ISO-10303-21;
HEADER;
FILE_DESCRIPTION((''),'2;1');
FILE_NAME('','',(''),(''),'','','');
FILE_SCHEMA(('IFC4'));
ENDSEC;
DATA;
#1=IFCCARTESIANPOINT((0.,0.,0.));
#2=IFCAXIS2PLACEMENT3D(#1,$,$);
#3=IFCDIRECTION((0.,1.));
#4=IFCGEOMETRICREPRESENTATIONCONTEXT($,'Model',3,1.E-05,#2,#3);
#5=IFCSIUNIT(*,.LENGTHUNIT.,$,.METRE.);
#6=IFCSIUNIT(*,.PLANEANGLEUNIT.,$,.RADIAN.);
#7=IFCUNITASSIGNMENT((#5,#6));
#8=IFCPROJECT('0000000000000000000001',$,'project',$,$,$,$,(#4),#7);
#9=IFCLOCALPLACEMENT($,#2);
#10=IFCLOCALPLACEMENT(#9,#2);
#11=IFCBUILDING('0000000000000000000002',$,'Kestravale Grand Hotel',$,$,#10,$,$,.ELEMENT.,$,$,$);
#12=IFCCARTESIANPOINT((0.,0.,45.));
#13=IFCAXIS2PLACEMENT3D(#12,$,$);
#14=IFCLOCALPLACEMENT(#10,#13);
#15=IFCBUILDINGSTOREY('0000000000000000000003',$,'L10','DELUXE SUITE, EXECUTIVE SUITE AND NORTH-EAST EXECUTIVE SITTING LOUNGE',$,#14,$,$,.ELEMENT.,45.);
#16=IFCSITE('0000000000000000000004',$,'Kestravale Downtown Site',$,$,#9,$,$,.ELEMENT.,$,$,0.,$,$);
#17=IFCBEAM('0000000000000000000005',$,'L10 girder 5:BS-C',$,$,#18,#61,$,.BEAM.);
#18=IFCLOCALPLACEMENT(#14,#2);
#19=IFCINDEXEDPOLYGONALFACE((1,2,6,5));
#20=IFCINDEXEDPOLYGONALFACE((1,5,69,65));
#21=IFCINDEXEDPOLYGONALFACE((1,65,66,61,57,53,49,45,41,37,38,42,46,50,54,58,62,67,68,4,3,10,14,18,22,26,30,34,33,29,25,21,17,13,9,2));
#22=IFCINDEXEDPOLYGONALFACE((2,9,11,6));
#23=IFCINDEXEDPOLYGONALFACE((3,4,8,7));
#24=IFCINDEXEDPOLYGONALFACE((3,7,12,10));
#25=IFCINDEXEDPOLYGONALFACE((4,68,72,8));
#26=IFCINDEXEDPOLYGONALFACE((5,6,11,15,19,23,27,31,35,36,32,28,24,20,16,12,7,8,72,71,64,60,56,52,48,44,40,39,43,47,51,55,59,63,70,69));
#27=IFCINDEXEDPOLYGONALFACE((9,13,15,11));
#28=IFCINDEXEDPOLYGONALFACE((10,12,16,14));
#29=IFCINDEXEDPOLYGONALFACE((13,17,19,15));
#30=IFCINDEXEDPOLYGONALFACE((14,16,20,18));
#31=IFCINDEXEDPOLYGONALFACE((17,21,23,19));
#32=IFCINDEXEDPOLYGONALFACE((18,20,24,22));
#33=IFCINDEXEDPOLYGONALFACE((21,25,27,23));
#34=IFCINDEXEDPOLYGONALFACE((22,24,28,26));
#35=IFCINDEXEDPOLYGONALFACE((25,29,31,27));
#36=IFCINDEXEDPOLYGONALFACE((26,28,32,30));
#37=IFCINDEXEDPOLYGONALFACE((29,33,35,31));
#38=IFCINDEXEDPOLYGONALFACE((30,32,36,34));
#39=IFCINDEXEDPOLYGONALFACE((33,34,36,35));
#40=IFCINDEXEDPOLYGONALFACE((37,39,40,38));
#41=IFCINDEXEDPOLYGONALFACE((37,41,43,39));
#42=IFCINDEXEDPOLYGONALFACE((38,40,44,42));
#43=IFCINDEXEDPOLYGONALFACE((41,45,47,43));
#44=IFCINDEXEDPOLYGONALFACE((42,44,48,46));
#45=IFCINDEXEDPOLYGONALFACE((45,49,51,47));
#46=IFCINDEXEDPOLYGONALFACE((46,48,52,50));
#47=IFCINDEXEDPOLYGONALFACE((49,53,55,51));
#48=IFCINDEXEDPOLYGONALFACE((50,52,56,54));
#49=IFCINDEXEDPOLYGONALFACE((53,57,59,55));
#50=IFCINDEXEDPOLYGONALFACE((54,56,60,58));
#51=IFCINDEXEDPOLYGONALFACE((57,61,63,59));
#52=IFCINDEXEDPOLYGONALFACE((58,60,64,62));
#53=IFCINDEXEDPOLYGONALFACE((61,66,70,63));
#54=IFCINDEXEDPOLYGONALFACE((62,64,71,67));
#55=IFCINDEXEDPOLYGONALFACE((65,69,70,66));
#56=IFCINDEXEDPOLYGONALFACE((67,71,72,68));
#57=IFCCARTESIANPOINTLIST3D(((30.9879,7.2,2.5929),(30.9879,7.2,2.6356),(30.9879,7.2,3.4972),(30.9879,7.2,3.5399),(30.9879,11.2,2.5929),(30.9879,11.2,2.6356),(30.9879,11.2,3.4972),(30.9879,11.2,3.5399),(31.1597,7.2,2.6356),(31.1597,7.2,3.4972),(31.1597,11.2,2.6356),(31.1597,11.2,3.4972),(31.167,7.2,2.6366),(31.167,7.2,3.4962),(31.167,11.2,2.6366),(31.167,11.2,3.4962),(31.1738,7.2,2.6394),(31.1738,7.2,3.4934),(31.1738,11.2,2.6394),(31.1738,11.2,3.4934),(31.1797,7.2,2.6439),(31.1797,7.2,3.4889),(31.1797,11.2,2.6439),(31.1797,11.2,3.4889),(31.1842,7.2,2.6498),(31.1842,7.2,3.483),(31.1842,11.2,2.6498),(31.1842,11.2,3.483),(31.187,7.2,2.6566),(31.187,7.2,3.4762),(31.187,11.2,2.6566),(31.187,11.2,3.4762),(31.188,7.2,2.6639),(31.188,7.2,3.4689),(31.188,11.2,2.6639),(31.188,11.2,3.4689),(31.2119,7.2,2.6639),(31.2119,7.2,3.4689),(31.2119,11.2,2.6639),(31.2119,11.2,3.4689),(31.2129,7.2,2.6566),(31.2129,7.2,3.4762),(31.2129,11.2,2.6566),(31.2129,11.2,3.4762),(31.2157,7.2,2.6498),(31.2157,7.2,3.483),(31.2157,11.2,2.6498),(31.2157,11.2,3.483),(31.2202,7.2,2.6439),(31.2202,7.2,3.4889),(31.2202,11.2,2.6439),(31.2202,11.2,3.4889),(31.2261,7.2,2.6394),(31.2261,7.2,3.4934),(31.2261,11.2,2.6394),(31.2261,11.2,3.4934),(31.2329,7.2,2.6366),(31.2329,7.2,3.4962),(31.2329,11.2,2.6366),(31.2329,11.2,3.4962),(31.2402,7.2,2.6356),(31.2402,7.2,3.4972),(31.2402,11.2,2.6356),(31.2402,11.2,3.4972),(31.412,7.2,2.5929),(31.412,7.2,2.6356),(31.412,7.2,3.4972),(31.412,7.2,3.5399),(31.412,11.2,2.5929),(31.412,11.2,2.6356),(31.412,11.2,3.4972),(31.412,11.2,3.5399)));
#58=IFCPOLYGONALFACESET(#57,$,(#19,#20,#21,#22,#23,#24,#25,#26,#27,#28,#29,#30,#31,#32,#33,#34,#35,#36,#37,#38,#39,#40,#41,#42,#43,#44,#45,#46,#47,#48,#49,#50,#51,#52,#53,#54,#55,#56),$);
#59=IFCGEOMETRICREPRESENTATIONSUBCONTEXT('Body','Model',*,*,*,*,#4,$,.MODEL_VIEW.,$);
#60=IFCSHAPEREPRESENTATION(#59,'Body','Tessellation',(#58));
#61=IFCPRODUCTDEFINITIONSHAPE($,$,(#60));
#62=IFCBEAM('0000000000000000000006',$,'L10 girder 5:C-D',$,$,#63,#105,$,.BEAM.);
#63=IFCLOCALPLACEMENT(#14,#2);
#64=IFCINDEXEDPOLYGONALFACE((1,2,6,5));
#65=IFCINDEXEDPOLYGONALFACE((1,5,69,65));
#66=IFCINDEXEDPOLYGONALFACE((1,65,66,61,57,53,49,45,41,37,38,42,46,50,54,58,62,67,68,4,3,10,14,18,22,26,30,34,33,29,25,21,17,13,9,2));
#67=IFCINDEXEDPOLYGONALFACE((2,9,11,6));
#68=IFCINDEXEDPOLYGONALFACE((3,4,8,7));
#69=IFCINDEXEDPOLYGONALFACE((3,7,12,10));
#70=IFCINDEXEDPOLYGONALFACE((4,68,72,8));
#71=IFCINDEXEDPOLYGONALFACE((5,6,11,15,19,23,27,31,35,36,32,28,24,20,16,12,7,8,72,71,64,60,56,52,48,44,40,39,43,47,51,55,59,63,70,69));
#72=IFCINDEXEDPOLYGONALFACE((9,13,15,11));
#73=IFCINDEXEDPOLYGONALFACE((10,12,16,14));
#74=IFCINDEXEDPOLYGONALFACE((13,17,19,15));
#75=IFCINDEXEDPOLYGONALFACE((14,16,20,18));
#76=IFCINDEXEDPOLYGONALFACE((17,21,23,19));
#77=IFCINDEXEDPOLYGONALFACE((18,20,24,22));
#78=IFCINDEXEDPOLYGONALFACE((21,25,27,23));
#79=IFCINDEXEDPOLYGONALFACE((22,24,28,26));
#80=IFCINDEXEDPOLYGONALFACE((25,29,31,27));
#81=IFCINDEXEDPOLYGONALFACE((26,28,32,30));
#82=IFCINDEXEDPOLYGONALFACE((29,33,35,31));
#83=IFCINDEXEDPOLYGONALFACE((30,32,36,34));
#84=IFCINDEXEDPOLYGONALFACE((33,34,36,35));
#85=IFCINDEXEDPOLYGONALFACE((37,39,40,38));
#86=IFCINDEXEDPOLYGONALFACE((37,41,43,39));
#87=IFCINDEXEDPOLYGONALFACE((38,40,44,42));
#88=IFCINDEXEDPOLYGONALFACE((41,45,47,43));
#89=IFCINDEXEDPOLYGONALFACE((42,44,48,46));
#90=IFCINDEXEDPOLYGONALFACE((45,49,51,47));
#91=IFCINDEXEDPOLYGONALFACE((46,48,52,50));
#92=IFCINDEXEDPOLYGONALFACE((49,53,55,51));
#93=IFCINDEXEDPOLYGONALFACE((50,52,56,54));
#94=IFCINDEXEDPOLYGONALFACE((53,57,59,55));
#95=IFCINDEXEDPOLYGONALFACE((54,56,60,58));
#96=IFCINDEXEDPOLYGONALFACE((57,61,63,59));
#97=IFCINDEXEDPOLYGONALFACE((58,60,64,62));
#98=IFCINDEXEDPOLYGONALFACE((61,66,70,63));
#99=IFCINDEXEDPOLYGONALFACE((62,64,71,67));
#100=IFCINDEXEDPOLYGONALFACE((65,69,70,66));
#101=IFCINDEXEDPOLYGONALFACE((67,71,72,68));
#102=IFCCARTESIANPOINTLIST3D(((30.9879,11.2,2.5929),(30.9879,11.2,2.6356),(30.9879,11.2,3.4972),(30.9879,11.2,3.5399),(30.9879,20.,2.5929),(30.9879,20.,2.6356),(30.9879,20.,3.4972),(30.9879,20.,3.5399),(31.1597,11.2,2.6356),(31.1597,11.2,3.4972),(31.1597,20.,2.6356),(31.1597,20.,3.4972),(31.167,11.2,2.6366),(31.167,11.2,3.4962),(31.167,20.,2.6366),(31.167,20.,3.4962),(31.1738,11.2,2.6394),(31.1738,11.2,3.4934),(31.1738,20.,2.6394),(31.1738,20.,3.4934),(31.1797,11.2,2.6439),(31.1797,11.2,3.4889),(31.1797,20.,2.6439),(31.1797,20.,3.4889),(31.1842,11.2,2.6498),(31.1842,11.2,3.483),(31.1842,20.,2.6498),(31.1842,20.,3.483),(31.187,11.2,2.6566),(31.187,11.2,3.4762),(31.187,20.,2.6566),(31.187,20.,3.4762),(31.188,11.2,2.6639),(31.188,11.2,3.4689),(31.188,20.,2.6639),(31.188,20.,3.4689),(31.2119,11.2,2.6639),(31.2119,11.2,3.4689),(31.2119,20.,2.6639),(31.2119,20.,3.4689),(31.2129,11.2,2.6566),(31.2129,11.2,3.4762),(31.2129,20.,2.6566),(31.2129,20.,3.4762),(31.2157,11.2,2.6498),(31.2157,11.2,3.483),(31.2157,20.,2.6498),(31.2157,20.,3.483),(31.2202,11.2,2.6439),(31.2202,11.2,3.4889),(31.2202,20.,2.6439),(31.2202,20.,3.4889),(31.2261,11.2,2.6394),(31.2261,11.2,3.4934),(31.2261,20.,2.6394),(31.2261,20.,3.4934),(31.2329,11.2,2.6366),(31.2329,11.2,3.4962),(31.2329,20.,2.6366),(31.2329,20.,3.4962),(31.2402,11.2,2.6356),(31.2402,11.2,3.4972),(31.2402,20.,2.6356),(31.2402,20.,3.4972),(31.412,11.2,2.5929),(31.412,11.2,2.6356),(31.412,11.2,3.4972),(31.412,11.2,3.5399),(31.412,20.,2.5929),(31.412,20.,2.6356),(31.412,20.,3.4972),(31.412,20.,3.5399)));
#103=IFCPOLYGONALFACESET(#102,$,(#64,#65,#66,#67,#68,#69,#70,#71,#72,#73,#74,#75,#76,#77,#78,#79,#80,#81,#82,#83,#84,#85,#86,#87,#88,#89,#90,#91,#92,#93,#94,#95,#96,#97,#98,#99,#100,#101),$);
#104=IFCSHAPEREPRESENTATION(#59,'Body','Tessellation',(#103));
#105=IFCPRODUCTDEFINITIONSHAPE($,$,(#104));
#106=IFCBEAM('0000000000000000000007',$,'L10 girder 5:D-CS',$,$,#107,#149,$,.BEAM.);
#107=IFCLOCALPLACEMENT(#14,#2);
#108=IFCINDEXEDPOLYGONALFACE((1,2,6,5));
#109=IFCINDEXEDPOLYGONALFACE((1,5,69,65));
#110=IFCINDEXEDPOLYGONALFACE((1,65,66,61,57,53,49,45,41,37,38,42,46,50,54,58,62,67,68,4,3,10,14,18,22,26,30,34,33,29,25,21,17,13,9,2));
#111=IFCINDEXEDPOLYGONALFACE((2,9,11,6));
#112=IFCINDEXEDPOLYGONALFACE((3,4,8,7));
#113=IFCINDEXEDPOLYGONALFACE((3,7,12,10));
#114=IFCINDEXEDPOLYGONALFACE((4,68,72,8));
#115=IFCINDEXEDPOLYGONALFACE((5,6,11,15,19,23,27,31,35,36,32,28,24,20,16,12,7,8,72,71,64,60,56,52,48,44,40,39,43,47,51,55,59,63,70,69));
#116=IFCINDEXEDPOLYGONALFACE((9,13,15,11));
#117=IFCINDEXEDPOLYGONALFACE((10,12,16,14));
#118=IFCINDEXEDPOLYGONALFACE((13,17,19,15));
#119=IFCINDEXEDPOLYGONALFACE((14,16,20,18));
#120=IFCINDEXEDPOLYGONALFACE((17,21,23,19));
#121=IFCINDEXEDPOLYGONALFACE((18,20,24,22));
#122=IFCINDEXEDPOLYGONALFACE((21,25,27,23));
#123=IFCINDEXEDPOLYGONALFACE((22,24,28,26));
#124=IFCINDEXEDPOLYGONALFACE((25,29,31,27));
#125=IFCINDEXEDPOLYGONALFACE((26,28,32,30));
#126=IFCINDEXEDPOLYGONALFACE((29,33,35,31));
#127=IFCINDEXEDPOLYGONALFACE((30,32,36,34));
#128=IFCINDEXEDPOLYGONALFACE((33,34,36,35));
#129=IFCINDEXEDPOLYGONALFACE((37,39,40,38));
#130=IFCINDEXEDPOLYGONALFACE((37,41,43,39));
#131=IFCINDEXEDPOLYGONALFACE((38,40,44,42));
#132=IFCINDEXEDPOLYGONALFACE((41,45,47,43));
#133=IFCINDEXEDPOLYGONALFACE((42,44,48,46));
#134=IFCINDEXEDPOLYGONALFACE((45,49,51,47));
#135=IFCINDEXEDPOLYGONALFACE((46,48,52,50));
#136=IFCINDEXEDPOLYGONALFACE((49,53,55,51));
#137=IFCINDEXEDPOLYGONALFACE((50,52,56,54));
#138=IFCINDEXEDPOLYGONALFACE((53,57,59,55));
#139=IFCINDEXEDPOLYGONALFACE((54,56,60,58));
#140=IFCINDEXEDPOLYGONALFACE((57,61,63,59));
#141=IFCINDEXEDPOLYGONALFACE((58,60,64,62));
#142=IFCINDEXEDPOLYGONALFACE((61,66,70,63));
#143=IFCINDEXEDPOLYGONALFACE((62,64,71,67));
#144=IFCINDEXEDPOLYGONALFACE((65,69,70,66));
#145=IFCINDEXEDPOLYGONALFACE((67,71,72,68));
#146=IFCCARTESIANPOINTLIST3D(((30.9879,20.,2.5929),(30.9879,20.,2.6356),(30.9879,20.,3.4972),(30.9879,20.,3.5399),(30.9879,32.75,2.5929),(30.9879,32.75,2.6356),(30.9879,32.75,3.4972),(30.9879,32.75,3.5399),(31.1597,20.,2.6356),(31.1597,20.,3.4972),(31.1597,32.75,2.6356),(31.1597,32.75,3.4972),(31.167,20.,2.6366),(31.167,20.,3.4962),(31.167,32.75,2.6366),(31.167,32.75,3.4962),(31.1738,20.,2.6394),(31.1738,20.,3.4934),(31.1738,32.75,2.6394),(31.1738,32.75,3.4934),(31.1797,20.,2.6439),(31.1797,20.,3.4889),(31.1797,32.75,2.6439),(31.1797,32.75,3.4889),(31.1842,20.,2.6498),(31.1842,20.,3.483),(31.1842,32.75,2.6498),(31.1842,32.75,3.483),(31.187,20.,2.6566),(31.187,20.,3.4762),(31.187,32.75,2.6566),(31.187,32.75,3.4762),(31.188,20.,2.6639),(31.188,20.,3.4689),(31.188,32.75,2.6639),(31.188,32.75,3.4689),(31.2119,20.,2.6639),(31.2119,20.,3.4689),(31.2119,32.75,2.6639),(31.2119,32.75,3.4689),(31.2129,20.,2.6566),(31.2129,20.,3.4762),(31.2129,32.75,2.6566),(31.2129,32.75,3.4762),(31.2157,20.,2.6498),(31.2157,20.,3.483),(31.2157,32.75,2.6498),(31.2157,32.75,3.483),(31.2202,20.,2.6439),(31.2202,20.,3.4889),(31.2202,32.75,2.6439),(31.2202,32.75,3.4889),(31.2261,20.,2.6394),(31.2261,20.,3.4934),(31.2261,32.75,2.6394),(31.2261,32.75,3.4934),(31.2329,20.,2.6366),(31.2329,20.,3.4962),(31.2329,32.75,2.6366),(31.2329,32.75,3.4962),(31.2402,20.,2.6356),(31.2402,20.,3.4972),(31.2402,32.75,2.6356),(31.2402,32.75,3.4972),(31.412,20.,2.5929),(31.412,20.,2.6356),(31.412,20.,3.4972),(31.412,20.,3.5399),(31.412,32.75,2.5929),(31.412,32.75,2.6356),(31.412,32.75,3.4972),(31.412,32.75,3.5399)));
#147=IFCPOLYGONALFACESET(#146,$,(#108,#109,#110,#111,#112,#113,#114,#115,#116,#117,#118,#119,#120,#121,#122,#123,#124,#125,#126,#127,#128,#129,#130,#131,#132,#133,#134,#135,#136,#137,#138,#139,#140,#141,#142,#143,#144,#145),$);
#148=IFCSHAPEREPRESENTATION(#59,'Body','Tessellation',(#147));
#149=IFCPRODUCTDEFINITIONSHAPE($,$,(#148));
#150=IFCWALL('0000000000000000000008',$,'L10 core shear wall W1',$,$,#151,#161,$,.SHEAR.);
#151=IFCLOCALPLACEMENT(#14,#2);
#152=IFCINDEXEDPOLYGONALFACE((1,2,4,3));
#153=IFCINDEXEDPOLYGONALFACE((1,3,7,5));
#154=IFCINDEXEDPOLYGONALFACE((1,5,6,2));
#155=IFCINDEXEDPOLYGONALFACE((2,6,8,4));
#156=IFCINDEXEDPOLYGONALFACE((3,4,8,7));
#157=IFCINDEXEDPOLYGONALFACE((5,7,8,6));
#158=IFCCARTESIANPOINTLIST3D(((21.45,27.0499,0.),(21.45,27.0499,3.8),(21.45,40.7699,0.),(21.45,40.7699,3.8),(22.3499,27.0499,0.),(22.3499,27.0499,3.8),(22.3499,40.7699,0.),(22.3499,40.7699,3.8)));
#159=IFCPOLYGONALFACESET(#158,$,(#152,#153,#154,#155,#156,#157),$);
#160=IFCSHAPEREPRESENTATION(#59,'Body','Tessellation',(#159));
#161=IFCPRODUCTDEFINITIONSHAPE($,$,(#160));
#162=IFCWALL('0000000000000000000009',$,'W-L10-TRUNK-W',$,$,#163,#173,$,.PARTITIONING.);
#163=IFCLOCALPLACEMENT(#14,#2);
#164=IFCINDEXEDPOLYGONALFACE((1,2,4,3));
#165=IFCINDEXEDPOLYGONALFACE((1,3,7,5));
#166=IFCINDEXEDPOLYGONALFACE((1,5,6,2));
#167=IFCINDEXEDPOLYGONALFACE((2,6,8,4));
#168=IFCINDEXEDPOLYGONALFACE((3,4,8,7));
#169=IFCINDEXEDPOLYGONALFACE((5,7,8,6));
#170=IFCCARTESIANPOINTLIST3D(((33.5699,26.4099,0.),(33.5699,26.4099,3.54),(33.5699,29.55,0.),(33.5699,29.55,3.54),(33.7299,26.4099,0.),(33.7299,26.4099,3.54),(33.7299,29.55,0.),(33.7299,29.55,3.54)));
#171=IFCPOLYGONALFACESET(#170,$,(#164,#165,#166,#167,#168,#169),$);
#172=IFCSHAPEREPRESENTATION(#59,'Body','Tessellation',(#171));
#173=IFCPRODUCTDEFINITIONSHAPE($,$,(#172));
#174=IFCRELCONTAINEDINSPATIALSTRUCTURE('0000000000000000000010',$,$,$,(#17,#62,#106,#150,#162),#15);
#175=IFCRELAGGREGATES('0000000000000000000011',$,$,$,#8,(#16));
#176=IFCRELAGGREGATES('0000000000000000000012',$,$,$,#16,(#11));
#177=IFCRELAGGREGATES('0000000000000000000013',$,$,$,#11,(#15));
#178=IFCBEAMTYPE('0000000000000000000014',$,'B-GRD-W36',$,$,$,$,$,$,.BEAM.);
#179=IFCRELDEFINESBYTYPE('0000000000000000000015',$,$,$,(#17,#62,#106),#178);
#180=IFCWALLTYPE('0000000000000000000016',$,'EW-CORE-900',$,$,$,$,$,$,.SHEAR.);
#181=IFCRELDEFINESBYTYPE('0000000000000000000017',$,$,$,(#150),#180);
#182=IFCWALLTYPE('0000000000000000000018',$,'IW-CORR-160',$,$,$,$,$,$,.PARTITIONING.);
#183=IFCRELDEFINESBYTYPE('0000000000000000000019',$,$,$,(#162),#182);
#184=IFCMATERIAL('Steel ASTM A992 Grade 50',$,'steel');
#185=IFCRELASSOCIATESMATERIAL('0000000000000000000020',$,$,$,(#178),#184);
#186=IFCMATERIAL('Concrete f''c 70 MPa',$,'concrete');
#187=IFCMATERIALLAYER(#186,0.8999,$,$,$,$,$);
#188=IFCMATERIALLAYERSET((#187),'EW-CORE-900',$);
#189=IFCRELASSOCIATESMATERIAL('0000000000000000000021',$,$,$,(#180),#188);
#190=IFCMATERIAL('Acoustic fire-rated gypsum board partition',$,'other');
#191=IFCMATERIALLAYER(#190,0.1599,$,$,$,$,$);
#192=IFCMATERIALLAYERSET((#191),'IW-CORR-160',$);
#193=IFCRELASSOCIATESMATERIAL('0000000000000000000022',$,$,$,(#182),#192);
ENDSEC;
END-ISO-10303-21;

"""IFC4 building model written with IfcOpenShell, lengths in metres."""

from ifc_helpers import new_model, si_unit, direction, frame, frame_2d, origin, origin_2d, place, context, subcontext, project, spatial, rectangle, i_section, extrude, material, layer, layer_set, material_profile, profile_set, type_object, element, save


model = new_model("IFC4")

# Units and contexts
model_context = context("Model", 3, precision=1e-05, world=origin(), true_north=direction((0.0, 1.0)))
body_context = subcontext(model_context, "Body", "Model", "MODEL_VIEW")
ifc_project = project(units=[si_unit("LENGTHUNIT", "METRE"), si_unit("PLANEANGLEUNIT", "RADIAN")], contexts=[model_context])

# Site, building, storey
site_placement = place(None, origin())
site = spatial("IfcSite", under=ifc_project, at=site_placement, Name="Kestravale Downtown Site", CompositionType="ELEMENT", RefElevation=0.0)
building_placement = place(site_placement, origin())
building = spatial("IfcBuilding", under=site, at=building_placement, Name="Kestravale Grand Hotel", CompositionType="ELEMENT")
storey_placement = place(building_placement, frame((0.0, 0.0, 45.0)))
storey = spatial("IfcBuildingStorey", under=building, at=storey_placement, Name="L10", Description="DELUXE SUITE, EXECUTIVE SUITE AND NORTH-EAST EXECUTIVE SITTING LOUNGE", CompositionType="ELEMENT", Elevation=45.0)

# Beams
ifc_material_1 = material(Name="Steel ASTM A992 Grade 50", Category="steel")
ifc_material_profile_1 = material_profile(ifc_material_1, i_section(OverallWidth=0.4241, OverallDepth=0.947, WebThickness=0.0239, FlangeThickness=0.0427, FilletRadius=0.0283, at=origin_2d()))
ifc_profile_set_1 = profile_set([ifc_material_profile_1], Name="Steel ASTM A992 Grade 50")
beam_type_1 = type_object("IfcBeamType", Name="B-GRD-W36", PredefinedType="BEAM", material=ifc_profile_set_1)
beam_1_placement = place(storey_placement, frame((31.2, 7.2, 3.0664), z_axis=(0.0, 1.0, 0.0), x_axis=(-1.0, 0.0, 0.0)))
element("IfcBeam", 1, at=beam_1_placement, inside=storey, type_object=beam_type_1, Name="L10 girder 5:BS-C", PredefinedType="BEAM", context=body_context, shape_type="SweptSolid", body=[
    extrude(i_section(OverallWidth=0.4241, OverallDepth=0.947, WebThickness=0.0239, FlangeThickness=0.0427, FilletRadius=0.0283, at=origin_2d()), origin(), (0.0, 0.0, 1.0), 4.0),
])
beam_2_placement = place(storey_placement, frame((31.2, 11.2, 3.0664), z_axis=(0.0, 1.0, 0.0), x_axis=(-1.0, 0.0, 0.0)))
element("IfcBeam", 2, at=beam_2_placement, inside=storey, type_object=beam_type_1, Name="L10 girder 5:C-D", PredefinedType="BEAM", context=body_context, shape_type="SweptSolid", body=[
    extrude(i_section(OverallWidth=0.4241, OverallDepth=0.947, WebThickness=0.0239, FlangeThickness=0.0427, FilletRadius=0.0283, at=origin_2d()), origin(), (0.0, 0.0, 1.0), 8.8),
])
beam_3_placement = place(storey_placement, frame((31.2, 20.0, 3.0664), z_axis=(0.0, 1.0, 0.0), x_axis=(-1.0, 0.0, 0.0)))
element("IfcBeam", 3, at=beam_3_placement, inside=storey, type_object=beam_type_1, Name="L10 girder 5:D-CS", PredefinedType="BEAM", context=body_context, shape_type="SweptSolid", body=[
    extrude(i_section(OverallWidth=0.4241, OverallDepth=0.947, WebThickness=0.0239, FlangeThickness=0.0427, FilletRadius=0.0283, at=origin_2d()), origin(), (0.0, 0.0, 1.0), 12.75),
])

# Walls
ifc_material_2 = material(Name="Concrete f'c 70 MPa", Category="concrete")
ifc_layer_1 = layer(ifc_material_2, 0.8999)
ifc_layer_set_1 = layer_set([ifc_layer_1], Name="EW-CORE-900")
wall_type_1 = type_object("IfcWallType", Name="EW-CORE-900", PredefinedType="SHEAR", material=ifc_layer_set_1)
wall_1_placement = place(storey_placement, frame((21.8999, 27.05, 0.0), z_axis=(0.0, 0.0, 1.0), x_axis=(0.0, 1.0, 0.0)))
element("IfcWall", 4, at=wall_1_placement, inside=storey, type_object=wall_type_1, Name="L10 core shear wall W1", PredefinedType="SHEAR", context=body_context, shape_type="SweptSolid", body=[
    extrude(rectangle(XDim=13.72, YDim=0.8999, at=frame_2d((6.8599, 0.0))), origin(), (0.0, 0.0, 1.0), 3.8),
])
ifc_material_3 = material(Name="Acoustic fire-rated gypsum board partition", Category="other")
ifc_layer_2 = layer(ifc_material_3, 0.1599)
ifc_layer_set_2 = layer_set([ifc_layer_2], Name="IW-CORR-160")
wall_type_2 = type_object("IfcWallType", Name="IW-CORR-160", PredefinedType="PARTITIONING", material=ifc_layer_set_2)
wall_2_placement = place(storey_placement, frame((33.6499, 26.4099, 0.0), z_axis=(0.0, 0.0, 1.0), x_axis=(0.0, 1.0, 0.0)))
element("IfcWall", 5, at=wall_2_placement, inside=storey, type_object=wall_type_2, Name="W-L10-TRUNK-W", PredefinedType="PARTITIONING", context=body_context, shape_type="SweptSolid", body=[
    extrude(rectangle(XDim=3.1401, YDim=0.1599, at=frame_2d((1.5701, 0.0))), origin(), (0.0, 0.0, 1.0), 3.54),
])

save(model, "model.ifc")
